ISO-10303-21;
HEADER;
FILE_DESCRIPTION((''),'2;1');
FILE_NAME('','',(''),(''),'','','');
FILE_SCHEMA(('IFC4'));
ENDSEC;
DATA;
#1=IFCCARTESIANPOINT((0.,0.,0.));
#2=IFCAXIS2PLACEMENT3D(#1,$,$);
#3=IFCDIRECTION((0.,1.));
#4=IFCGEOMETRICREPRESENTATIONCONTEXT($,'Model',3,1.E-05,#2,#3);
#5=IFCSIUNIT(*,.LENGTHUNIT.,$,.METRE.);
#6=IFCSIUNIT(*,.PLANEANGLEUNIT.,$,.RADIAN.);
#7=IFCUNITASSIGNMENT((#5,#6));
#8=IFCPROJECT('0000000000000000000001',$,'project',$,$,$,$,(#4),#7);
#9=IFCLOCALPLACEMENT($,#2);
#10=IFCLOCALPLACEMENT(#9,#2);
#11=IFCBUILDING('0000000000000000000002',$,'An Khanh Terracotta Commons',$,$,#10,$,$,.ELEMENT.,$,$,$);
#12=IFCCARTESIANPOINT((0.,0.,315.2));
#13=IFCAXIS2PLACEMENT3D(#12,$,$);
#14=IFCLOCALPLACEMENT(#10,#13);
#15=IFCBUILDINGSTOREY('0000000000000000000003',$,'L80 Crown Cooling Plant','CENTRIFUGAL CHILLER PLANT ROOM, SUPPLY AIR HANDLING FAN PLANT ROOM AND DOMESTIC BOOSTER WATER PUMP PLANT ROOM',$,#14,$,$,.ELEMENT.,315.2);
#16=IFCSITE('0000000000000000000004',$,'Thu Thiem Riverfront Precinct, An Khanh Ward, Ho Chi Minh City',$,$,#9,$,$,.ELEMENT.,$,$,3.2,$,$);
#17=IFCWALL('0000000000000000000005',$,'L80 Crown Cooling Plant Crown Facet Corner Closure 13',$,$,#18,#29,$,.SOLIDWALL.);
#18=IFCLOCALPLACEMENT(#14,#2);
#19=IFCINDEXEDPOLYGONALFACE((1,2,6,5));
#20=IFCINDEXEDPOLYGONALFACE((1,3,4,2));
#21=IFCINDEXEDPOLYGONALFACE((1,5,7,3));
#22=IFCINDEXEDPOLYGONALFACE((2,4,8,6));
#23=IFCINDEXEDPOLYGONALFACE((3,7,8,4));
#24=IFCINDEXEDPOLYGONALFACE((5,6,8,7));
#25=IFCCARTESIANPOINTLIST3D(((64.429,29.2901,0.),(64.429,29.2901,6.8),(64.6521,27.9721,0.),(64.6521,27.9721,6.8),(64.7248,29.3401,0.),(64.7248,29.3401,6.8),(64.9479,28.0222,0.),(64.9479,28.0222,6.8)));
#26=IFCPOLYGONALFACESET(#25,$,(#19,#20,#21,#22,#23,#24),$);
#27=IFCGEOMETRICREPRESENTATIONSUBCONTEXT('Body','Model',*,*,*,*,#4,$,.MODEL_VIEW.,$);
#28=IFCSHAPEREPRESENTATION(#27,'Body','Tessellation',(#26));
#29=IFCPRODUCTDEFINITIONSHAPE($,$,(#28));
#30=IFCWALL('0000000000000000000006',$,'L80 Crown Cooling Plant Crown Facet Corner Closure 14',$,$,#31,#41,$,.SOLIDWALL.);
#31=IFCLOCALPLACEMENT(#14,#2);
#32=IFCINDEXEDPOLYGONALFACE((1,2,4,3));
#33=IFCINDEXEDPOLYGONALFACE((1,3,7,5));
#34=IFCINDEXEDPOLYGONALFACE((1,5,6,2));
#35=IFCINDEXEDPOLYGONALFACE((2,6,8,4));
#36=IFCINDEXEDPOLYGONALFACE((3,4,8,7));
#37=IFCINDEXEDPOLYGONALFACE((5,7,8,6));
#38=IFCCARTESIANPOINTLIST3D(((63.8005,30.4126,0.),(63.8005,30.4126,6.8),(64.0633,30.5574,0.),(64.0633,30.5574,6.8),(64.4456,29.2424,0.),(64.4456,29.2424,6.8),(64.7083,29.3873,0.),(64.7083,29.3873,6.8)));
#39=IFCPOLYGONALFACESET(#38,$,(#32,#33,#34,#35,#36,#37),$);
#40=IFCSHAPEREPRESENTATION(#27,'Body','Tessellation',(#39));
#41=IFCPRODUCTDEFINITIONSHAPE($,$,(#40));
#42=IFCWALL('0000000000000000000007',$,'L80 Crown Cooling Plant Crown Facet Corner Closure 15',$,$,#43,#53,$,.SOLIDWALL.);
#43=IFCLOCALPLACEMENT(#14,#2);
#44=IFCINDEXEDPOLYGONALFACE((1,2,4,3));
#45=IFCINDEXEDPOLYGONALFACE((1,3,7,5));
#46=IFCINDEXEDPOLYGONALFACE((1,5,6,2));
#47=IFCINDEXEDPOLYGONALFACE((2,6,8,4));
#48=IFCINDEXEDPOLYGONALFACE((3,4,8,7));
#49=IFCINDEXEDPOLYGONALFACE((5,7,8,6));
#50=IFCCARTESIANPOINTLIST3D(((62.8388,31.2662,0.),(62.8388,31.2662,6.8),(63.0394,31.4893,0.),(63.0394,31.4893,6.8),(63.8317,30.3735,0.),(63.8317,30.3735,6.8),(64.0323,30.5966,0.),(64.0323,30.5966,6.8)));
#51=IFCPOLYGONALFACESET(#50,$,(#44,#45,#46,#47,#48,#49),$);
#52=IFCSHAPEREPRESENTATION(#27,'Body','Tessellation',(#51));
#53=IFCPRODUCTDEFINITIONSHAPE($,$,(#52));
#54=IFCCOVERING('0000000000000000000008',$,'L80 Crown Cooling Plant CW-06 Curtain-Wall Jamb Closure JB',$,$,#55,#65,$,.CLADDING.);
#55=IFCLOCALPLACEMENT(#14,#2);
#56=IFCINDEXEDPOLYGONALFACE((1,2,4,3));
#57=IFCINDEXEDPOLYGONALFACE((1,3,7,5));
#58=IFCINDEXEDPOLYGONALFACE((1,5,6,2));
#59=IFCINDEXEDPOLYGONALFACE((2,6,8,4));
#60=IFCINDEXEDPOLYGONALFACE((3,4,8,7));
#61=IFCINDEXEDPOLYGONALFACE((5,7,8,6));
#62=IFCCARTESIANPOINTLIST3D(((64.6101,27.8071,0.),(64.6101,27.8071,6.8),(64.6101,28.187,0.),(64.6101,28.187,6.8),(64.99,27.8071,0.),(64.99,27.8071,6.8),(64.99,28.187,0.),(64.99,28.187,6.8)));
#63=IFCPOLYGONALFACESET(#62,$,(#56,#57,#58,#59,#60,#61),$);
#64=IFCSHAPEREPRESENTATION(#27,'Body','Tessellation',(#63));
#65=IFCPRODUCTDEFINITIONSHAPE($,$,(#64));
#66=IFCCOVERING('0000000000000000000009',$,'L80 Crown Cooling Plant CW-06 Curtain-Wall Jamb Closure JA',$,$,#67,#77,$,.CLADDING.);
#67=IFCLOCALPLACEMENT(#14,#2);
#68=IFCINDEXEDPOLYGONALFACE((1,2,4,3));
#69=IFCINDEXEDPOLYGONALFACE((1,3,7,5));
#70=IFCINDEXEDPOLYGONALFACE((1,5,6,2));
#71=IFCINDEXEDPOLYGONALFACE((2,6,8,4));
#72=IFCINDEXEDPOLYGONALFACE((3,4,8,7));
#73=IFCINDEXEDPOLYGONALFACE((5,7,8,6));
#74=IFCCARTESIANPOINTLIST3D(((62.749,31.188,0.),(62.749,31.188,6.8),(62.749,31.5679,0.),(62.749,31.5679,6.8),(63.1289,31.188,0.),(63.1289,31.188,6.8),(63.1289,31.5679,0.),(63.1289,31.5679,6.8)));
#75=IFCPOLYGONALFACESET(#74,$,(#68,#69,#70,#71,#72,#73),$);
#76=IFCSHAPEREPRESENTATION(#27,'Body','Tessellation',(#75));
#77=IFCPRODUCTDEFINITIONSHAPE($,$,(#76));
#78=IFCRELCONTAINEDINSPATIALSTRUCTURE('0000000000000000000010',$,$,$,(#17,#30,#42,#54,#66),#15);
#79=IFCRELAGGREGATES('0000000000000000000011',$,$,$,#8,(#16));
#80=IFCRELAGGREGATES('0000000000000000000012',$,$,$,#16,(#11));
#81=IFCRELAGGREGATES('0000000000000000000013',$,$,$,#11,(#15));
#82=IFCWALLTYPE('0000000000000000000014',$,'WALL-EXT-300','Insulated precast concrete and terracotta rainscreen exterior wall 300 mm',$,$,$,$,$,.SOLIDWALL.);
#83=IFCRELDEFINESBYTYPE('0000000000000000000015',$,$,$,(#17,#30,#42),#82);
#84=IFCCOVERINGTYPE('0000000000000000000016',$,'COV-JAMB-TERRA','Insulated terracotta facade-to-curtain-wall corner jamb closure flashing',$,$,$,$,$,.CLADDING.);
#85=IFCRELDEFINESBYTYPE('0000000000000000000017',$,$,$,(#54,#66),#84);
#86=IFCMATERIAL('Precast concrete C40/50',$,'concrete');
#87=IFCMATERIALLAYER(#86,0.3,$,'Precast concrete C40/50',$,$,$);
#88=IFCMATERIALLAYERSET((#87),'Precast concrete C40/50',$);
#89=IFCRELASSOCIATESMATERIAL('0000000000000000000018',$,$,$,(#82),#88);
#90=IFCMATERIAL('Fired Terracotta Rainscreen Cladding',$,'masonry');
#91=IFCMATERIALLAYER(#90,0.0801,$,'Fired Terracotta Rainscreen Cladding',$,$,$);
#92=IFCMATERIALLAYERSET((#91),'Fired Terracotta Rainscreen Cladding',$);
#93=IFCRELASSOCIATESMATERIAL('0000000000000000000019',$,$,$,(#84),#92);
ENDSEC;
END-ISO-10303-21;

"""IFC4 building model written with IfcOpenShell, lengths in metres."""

from ifc_helpers import new_model, si_unit, direction, frame, frame_2d, origin, origin_2d, place, context, subcontext, project, spatial, rectangle, extrude, material, layer, layer_set, type_object, element, save


model = new_model("IFC4")

# Units and contexts
model_context = context("Model", 3, precision=1e-05, world=origin(), true_north=direction((0.0, 1.0)))
body_context = subcontext(model_context, "Body", "Model", "MODEL_VIEW")
ifc_project = project(units=[si_unit("LENGTHUNIT", "METRE"), si_unit("PLANEANGLEUNIT", "RADIAN")], contexts=[model_context])

# Site, building, storey
site_placement = place(None, origin())
site = spatial("IfcSite", under=ifc_project, at=site_placement, Name="Thu Thiem Riverfront Precinct, An Khanh Ward, Ho Chi Minh City", CompositionType="ELEMENT", RefElevation=3.2)
building_placement = place(site_placement, origin())
building = spatial("IfcBuilding", under=site, at=building_placement, Name="An Khanh Terracotta Commons", CompositionType="ELEMENT")
storey_placement = place(building_placement, frame((0.0, 0.0, 315.2)))
storey = spatial("IfcBuildingStorey", under=building, at=storey_placement, Name="L80 Crown Cooling Plant", Description="CENTRIFUGAL CHILLER PLANT ROOM, SUPPLY AIR HANDLING FAN PLANT ROOM AND DOMESTIC BOOSTER WATER PUMP PLANT ROOM", CompositionType="ELEMENT", Elevation=315.2)

# Walls
ifc_material_1 = material(Name="Precast concrete C40/50", Category="concrete")
ifc_layer_1 = layer(ifc_material_1, 0.3, Name="Precast concrete C40/50")
ifc_layer_set_1 = layer_set([ifc_layer_1], Name="Precast concrete C40/50")
wall_type = type_object("IfcWallType", Name="WALL-EXT-300", Description="Insulated precast concrete and terracotta rainscreen exterior wall 300 mm", PredefinedType="SOLIDWALL", material=ifc_layer_set_1)
wall_1_placement = place(storey_placement, frame((64.8, 27.9971, 0.0), z_axis=(0.0, 0.0, 1.0), x_axis=(-0.166946, 0.985966, 0.0)))
element("IfcWall", 1, at=wall_1_placement, inside=storey, type_object=wall_type, Name="L80 Crown Cooling Plant Crown Facet Corner Closure 13", PredefinedType="SOLIDWALL", context=body_context, shape_type="SweptSolid", body=[
    extrude(rectangle(XDim=1.3367, YDim=0.3, at=frame_2d((0.6685, 0.0))), origin(), (0.0, 0.0, 1.0), 6.8),
])
wall_2_placement = place(storey_placement, frame((64.5769, 29.3149, 0.0), z_axis=(0.0, 0.0, 1.0), x_axis=(-0.482739, 0.875764, 0.0)))
element("IfcWall", 2, at=wall_2_placement, inside=storey, type_object=wall_type, Name="L80 Crown Cooling Plant Crown Facet Corner Closure 14", PredefinedType="SOLIDWALL", context=body_context, shape_type="SweptSolid", body=[
    extrude(rectangle(XDim=1.3362, YDim=0.3, at=frame_2d((0.668, 0.0))), origin(), (0.0, 0.0, 1.0), 6.8),
])
wall_3_placement = place(storey_placement, frame((63.9319, 30.4851, 0.0), z_axis=(0.0, 0.0, 1.0), x_axis=(-0.743594, 0.668631, 0.0)))
element("IfcWall", 3, at=wall_3_placement, inside=storey, type_object=wall_type, Name="L80 Crown Cooling Plant Crown Facet Corner Closure 15", PredefinedType="SOLIDWALL", context=body_context, shape_type="SweptSolid", body=[
    extrude(rectangle(XDim=1.3352, YDim=0.3, at=frame_2d((0.6675, 0.0))), origin(), (0.0, 0.0, 1.0), 6.8),
])

# Coverings
ifc_material_2 = material(Name="Fired Terracotta Rainscreen Cladding", Category="masonry")
ifc_layer_2 = layer(ifc_material_2, 0.0801, Name="Fired Terracotta Rainscreen Cladding")
ifc_layer_set_2 = layer_set([ifc_layer_2], Name="Fired Terracotta Rainscreen Cladding")
covering_type = type_object("IfcCoveringType", Name="COV-JAMB-TERRA", Description="Insulated terracotta facade-to-curtain-wall corner jamb closure flashing", PredefinedType="CLADDING", material=ifc_layer_set_2)
for number, where, z_axis, x_axis, name in (
    (4, (64.8, 27.9971, 0.0), (0.0, 0.0, 1.0), (1.0, 0.0, 0.0), "L80 Crown Cooling Plant CW-06 Curtain-Wall Jamb Closure JB"),
    (5, (62.939, 31.3779, 0.0), (0.0, 0.0, 1.0), (1.0, 0.0, 0.0), "L80 Crown Cooling Plant CW-06 Curtain-Wall Jamb Closure JA"),
):
    element("IfcCovering", number, at=place(storey_placement, frame(where, z_axis=z_axis, x_axis=x_axis)), inside=storey, type_object=covering_type, Name=name, PredefinedType="CLADDING", context=body_context, shape_type="SweptSolid", body=[
        extrude(rectangle(XDim=0.3799, YDim=0.3799, at=origin_2d()), origin(), (0.0, 0.0, 1.0), 6.8),
    ])

save(model, "model.ifc")
